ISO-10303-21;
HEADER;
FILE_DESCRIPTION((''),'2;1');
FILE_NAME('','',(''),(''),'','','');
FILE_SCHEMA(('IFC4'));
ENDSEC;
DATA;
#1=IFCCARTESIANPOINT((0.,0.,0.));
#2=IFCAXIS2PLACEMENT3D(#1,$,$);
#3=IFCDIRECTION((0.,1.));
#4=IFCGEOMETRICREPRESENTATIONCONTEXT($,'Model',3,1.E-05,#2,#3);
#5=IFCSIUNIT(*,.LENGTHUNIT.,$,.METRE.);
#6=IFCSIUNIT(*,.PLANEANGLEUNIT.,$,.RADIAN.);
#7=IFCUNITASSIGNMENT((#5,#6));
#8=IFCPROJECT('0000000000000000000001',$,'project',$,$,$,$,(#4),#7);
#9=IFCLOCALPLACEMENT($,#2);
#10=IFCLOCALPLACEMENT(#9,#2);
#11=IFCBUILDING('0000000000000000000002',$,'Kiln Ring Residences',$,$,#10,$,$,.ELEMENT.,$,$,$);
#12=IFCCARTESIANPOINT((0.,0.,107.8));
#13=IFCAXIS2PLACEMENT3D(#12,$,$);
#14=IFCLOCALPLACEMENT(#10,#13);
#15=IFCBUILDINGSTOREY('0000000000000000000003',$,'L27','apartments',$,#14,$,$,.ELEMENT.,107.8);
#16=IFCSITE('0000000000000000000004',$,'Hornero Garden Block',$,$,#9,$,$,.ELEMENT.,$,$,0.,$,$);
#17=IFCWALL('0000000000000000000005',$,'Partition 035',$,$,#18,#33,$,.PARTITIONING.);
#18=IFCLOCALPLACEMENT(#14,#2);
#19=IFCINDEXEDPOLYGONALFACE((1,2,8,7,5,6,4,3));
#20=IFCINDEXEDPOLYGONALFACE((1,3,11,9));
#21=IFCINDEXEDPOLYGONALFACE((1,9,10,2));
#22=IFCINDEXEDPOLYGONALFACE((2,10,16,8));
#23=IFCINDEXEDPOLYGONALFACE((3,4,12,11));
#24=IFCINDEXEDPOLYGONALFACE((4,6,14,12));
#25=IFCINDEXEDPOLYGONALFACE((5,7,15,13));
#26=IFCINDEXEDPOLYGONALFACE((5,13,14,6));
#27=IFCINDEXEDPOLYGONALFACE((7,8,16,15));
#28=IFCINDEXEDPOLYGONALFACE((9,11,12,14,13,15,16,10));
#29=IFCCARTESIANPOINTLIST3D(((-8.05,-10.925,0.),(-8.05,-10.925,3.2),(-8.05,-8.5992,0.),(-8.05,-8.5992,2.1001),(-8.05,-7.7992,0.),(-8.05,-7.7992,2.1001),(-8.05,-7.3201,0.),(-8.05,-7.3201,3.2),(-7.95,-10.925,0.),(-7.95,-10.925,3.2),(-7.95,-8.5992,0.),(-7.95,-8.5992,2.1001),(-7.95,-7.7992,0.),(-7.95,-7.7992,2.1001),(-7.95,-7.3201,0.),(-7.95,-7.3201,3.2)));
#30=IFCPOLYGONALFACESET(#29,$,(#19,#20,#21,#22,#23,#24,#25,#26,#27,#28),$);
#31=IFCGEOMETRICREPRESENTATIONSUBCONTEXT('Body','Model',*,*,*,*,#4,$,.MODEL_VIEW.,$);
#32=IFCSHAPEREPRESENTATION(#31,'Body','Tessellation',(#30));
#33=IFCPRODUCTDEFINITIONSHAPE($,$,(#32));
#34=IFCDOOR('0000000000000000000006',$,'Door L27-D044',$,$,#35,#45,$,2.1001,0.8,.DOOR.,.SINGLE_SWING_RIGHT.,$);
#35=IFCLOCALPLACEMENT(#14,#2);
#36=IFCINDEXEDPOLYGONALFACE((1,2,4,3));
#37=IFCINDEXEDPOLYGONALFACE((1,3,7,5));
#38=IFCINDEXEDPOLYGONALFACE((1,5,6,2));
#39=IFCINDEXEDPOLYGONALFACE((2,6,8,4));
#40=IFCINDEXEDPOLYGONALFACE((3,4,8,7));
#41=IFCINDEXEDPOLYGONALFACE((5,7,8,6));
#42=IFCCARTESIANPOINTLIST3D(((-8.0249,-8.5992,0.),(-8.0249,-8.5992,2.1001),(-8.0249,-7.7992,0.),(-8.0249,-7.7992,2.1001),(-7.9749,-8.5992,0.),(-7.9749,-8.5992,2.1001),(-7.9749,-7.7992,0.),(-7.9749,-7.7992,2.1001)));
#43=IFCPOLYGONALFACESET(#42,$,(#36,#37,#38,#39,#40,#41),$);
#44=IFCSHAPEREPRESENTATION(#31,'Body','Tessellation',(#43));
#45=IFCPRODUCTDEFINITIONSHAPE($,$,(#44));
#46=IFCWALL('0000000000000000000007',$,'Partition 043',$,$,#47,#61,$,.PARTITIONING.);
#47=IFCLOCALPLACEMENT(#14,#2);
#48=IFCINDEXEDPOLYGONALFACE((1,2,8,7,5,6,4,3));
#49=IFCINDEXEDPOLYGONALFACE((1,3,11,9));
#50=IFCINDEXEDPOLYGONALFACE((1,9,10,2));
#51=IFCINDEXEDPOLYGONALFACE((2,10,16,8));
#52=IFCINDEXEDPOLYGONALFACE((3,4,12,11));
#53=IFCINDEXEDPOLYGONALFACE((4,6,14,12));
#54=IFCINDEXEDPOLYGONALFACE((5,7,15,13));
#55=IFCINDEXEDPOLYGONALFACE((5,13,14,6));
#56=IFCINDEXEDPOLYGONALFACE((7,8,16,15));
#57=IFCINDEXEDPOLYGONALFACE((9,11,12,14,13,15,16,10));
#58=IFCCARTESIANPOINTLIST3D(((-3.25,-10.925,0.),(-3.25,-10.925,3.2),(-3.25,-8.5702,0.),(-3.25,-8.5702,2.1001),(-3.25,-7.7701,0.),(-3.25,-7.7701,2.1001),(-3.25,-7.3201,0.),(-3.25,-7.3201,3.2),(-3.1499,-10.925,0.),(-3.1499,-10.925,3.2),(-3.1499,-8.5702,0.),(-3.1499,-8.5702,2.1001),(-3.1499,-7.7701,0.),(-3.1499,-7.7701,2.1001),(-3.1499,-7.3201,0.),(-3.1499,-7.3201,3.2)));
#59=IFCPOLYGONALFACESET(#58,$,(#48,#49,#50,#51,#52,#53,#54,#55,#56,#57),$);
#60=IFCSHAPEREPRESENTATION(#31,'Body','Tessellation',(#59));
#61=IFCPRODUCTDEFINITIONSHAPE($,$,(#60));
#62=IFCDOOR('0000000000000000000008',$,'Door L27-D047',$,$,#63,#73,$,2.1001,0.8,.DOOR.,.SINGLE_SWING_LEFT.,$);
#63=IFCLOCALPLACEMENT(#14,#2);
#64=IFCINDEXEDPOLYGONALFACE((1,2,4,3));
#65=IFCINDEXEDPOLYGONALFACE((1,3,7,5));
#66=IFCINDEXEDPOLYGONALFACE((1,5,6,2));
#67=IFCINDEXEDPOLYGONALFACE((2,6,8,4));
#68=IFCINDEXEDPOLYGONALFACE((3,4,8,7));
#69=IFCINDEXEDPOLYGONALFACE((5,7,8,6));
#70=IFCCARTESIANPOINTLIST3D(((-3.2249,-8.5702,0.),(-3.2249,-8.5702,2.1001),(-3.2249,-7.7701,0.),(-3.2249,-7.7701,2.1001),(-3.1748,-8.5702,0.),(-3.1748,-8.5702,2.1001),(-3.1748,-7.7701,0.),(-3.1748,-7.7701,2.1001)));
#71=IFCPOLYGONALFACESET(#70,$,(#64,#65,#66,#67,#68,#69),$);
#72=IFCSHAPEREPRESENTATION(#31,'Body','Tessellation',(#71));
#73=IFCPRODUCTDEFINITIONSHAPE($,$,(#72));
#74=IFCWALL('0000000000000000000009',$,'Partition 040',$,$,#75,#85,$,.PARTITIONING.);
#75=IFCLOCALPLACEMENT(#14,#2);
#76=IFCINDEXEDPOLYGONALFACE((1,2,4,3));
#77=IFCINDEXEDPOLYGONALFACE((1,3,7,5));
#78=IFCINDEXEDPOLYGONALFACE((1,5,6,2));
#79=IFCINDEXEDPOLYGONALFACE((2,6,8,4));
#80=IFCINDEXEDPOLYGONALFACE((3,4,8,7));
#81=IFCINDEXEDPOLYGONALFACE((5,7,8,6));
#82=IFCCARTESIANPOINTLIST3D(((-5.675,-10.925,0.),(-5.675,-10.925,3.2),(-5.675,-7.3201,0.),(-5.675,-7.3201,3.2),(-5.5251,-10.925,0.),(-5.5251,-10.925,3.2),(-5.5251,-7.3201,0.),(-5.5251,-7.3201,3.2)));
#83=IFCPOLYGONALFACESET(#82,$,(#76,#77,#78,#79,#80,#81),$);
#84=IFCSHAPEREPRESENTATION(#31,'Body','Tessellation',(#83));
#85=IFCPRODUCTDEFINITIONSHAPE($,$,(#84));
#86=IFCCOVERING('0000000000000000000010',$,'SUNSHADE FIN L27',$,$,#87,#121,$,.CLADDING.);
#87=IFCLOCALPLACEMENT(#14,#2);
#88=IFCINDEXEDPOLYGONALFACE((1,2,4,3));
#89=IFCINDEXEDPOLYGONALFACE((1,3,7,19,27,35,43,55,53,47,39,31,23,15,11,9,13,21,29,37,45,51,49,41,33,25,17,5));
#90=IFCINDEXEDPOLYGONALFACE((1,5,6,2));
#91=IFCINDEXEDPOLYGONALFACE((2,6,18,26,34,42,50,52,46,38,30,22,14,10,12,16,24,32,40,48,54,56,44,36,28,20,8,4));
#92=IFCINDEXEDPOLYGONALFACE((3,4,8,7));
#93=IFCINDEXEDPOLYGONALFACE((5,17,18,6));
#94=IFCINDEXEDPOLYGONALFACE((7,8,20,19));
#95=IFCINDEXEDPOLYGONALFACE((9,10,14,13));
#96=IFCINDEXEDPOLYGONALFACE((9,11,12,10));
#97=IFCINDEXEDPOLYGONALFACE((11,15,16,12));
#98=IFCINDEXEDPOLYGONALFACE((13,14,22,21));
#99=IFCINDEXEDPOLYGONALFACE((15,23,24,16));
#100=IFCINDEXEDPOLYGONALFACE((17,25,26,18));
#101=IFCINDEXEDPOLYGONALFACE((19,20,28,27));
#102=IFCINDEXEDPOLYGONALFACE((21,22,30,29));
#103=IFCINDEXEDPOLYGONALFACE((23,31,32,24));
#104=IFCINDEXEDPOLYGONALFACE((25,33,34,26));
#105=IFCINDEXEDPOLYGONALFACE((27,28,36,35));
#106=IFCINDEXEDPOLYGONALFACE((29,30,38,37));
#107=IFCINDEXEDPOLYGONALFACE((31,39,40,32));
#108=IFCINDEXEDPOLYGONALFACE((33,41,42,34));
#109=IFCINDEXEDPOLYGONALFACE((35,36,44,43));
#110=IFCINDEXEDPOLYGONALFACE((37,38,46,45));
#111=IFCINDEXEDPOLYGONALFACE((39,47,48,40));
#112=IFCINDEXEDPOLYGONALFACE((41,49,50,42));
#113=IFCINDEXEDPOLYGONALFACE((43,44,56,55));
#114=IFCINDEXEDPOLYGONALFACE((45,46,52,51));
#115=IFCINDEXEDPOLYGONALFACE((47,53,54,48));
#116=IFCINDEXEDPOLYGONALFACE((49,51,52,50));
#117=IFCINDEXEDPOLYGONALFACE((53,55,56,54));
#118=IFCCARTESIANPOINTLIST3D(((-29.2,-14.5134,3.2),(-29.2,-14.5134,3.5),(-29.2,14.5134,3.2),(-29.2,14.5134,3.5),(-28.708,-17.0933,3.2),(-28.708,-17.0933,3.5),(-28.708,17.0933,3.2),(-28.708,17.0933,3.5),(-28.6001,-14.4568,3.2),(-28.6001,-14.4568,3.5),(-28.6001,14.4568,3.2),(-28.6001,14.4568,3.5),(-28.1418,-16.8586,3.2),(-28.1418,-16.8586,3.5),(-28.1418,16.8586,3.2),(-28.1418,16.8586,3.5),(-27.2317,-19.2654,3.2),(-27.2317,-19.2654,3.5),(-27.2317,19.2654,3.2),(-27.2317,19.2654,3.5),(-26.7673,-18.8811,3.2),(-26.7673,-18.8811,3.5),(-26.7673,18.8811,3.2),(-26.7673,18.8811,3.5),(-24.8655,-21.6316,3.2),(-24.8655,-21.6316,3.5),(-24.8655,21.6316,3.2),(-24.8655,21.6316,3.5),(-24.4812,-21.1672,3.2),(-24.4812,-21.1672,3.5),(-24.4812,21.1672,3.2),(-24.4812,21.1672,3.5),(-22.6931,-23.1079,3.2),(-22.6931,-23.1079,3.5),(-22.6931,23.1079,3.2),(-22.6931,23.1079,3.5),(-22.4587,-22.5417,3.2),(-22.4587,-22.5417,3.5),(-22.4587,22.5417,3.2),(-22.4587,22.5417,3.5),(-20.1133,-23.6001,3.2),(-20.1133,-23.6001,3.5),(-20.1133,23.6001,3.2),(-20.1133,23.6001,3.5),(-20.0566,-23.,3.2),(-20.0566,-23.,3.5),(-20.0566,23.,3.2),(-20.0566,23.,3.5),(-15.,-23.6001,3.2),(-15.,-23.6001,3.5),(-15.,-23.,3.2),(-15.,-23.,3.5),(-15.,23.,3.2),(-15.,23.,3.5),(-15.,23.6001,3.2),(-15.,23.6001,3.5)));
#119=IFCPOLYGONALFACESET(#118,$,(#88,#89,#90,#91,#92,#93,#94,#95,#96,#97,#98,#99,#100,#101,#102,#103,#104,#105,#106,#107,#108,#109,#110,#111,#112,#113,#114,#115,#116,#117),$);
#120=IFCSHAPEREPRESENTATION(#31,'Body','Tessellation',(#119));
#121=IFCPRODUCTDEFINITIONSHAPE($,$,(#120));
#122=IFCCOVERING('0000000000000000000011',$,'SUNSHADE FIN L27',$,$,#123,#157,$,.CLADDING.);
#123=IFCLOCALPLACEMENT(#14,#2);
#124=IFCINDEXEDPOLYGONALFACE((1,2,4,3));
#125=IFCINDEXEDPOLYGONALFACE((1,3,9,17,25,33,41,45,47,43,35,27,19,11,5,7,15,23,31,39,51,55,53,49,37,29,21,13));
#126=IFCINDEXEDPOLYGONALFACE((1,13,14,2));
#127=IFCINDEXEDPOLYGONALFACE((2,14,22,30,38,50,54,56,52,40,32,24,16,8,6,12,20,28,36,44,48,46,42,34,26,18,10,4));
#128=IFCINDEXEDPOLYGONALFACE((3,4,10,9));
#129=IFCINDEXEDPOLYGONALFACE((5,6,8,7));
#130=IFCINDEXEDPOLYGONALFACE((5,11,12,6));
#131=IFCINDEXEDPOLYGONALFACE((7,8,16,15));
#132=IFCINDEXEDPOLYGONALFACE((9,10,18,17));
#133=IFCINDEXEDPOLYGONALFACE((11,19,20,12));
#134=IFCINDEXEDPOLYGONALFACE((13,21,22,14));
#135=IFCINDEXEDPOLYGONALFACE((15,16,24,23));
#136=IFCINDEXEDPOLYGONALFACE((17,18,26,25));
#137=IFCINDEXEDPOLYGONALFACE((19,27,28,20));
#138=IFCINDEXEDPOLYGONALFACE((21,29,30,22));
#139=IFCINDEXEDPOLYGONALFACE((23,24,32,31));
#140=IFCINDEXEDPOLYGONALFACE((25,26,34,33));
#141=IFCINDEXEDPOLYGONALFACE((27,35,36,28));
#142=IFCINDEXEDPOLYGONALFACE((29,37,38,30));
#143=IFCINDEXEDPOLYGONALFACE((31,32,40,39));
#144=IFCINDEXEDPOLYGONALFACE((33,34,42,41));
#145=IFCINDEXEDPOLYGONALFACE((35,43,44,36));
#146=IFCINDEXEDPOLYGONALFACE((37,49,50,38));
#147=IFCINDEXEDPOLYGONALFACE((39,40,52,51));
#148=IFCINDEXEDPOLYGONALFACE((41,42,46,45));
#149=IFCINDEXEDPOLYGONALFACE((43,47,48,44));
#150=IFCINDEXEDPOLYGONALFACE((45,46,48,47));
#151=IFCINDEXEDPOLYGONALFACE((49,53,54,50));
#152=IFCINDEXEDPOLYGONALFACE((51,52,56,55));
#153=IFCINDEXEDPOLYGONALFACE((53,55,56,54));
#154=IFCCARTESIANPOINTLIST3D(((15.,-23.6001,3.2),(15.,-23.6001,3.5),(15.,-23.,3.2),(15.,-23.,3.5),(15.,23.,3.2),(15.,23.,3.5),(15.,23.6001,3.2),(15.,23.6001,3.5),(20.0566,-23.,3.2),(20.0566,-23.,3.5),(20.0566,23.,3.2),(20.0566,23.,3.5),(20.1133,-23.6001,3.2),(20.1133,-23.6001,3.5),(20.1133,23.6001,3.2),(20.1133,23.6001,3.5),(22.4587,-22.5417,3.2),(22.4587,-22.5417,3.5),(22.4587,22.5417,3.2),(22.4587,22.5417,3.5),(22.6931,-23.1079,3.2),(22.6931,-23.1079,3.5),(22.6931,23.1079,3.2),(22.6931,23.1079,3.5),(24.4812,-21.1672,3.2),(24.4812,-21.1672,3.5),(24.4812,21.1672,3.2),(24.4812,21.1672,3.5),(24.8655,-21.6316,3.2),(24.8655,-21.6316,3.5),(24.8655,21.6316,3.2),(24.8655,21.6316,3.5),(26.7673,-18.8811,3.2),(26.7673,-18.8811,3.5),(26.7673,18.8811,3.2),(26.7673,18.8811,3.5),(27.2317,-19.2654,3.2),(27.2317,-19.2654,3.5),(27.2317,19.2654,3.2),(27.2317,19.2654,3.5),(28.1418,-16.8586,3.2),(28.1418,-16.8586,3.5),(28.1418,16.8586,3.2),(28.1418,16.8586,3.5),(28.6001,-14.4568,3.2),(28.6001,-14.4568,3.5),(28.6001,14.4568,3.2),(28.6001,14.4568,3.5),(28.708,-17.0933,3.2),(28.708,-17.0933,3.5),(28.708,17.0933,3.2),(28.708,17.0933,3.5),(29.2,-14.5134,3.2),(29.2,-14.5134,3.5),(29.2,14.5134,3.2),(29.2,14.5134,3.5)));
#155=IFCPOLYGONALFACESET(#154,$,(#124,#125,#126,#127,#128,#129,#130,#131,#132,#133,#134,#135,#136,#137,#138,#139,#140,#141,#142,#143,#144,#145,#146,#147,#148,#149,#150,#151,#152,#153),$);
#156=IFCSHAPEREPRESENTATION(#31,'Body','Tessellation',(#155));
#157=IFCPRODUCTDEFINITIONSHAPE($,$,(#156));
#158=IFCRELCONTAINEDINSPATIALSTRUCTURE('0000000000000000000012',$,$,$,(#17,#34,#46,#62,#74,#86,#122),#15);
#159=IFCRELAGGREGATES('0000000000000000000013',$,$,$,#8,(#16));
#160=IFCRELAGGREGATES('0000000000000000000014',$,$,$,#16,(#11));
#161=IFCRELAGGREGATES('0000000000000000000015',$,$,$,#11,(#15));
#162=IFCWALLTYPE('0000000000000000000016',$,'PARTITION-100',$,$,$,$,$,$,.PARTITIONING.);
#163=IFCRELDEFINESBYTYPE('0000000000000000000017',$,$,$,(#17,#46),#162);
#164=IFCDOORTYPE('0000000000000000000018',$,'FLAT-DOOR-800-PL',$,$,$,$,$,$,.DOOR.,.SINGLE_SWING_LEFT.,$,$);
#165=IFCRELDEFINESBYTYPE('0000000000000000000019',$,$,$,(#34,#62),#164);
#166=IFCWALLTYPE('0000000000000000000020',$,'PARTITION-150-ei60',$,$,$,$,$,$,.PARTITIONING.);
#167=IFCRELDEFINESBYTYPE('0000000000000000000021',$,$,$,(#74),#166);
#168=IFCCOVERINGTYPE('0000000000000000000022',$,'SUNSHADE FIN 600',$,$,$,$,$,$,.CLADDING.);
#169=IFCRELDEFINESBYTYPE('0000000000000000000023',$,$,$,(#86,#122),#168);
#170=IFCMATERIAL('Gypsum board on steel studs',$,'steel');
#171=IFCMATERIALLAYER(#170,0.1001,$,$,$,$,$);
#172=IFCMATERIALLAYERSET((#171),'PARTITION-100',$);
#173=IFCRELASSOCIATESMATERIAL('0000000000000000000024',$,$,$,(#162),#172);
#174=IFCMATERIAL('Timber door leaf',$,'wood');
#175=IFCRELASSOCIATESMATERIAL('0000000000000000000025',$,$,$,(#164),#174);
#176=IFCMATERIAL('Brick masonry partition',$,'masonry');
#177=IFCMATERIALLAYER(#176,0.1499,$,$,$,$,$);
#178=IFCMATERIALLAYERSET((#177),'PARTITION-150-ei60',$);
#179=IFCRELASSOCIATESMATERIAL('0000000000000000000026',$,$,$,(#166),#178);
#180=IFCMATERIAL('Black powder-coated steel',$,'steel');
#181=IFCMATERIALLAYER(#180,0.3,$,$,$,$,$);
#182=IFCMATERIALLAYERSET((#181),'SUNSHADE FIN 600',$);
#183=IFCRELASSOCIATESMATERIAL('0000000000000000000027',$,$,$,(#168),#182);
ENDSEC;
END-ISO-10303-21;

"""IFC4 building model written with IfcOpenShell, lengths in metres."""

from ifc_helpers import new_model, si_unit, direction, frame, frame_2d, origin, place, context, subcontext, project, spatial, polyline, rectangle, outline, extrude, material, layer, layer_set, type_object, element, fill, save


model = new_model("IFC4")

# Units and contexts
model_context = context("Model", 3, precision=1e-05, world=origin(), true_north=direction((0.0, 1.0)))
body_context = subcontext(model_context, "Body", "Model", "MODEL_VIEW")
ifc_project = project(units=[si_unit("LENGTHUNIT", "METRE"), si_unit("PLANEANGLEUNIT", "RADIAN")], contexts=[model_context])

# Site, building, storey
site_placement = place(None, origin())
site = spatial("IfcSite", under=ifc_project, at=site_placement, Name="Hornero Garden Block", CompositionType="ELEMENT", RefElevation=0.0)
building_placement = place(site_placement, origin())
building = spatial("IfcBuilding", under=site, at=building_placement, Name="Kiln Ring Residences", CompositionType="ELEMENT")
storey_placement = place(building_placement, frame((0.0, 0.0, 107.8)))
storey = spatial("IfcBuildingStorey", under=building, at=storey_placement, Name="L27", Description="apartments", CompositionType="ELEMENT", Elevation=107.8)

# Walls, openings, doors
ifc_material_1 = material(Name="Gypsum board on steel studs", Category="steel")
ifc_layer_1 = layer(ifc_material_1, 0.1001)
ifc_layer_set_1 = layer_set([ifc_layer_1], Name="PARTITION-100")
wall_type_1 = type_object("IfcWallType", Name="PARTITION-100", PredefinedType="PARTITIONING", material=ifc_layer_set_1)
wall_1_placement = place(storey_placement, frame((-8.0, -10.925, 0.0), z_axis=(0.0, 0.0, 1.0), x_axis=(0.0, 1.0, 0.0)))
wall_1 = element("IfcWall", 1, at=wall_1_placement, inside=storey, type_object=wall_type_1, Name="Partition 035", PredefinedType="PARTITIONING", context=body_context, shape_type="SweptSolid", body=[
    extrude(rectangle(XDim=3.605, YDim=0.1001, at=frame_2d((1.8025, 0.0))), origin(), (0.0, 0.0, 1.0), 3.2),
])
opening_1_placement = place(wall_1_placement, frame((2.3259, 0.0, 0.0)))
opening_1 = element("IfcOpeningElement", 2, at=opening_1_placement, cuts=wall_1, PredefinedType="OPENING", context=body_context, shape_type="SweptSolid", body=[
    extrude(rectangle(XDim=0.8, YDim=2.1001, at=frame_2d((0.3999, 1.05))), frame((0.0, 0.0601, 0.0), z_axis=(0.0, -1.0, 0.0), x_axis=(1.0, 0.0, 0.0)), (0.0, 0.0, 1.0), 0.1201),
])
ifc_material_2 = material(Name="Timber door leaf", Category="wood")
door_type = type_object("IfcDoorType", Name="FLAT-DOOR-800-PL", OperationType="SINGLE_SWING_LEFT", PredefinedType="DOOR", material=ifc_material_2)
door_1_placement = place(opening_1_placement, origin())
door_1 = element("IfcDoor", 3, at=door_1_placement, inside=storey, type_object=door_type, Name="Door L27-D044", OperationType="SINGLE_SWING_RIGHT", OverallHeight=2.1001, OverallWidth=0.8, PredefinedType="DOOR", context=body_context, shape_type="SweptSolid", body=[
    extrude(rectangle(XDim=0.8, YDim=2.1001, at=frame_2d((0.3999, 1.05))), frame((0.0, 0.0249, 0.0), z_axis=(0.0, -1.0, 0.0), x_axis=(1.0, 0.0, 0.0)), (0.0, 0.0, 1.0), 0.05),
])
fill(opening_1, door_1)
wall_2_placement = place(storey_placement, frame((-3.2, -10.925, 0.0), z_axis=(0.0, 0.0, 1.0), x_axis=(0.0, 1.0, 0.0)))
wall_2 = element("IfcWall", 4, at=wall_2_placement, inside=storey, type_object=wall_type_1, Name="Partition 043", PredefinedType="PARTITIONING", context=body_context, shape_type="SweptSolid", body=[
    extrude(rectangle(XDim=3.605, YDim=0.1001, at=frame_2d((1.8025, 0.0))), origin(), (0.0, 0.0, 1.0), 3.2),
])
opening_2_placement = place(wall_2_placement, frame((2.355, 0.0, 0.0)))
opening_2 = element("IfcOpeningElement", 5, at=opening_2_placement, cuts=wall_2, PredefinedType="OPENING", context=body_context, shape_type="SweptSolid", body=[
    extrude(rectangle(XDim=0.8, YDim=2.1001, at=frame_2d((0.3999, 1.05))), frame((0.0, 0.0601, 0.0), z_axis=(0.0, -1.0, 0.0), x_axis=(1.0, 0.0, 0.0)), (0.0, 0.0, 1.0), 0.1201),
])
door_2_placement = place(opening_2_placement, origin())
door_2 = element("IfcDoor", 6, at=door_2_placement, inside=storey, type_object=door_type, Name="Door L27-D047", OperationType="SINGLE_SWING_LEFT", OverallHeight=2.1001, OverallWidth=0.8, PredefinedType="DOOR", context=body_context, shape_type="SweptSolid", body=[
    extrude(rectangle(XDim=0.8, YDim=2.1001, at=frame_2d((0.3999, 1.05))), frame((0.0, 0.0249, 0.0), z_axis=(0.0, -1.0, 0.0), x_axis=(1.0, 0.0, 0.0)), (0.0, 0.0, 1.0), 0.05),
])
fill(opening_2, door_2)

# Wall
ifc_material_3 = material(Name="Brick masonry partition", Category="masonry")
ifc_layer_2 = layer(ifc_material_3, 0.1499)
ifc_layer_set_2 = layer_set([ifc_layer_2], Name="PARTITION-150-ei60")
wall_type_2 = type_object("IfcWallType", Name="PARTITION-150-ei60", PredefinedType="PARTITIONING", material=ifc_layer_set_2)
wall_3_placement = place(storey_placement, frame((-5.6001, -10.925, 0.0), z_axis=(0.0, 0.0, 1.0), x_axis=(0.0, 1.0, 0.0)))
element("IfcWall", 7, at=wall_3_placement, inside=storey, type_object=wall_type_2, Name="Partition 040", PredefinedType="PARTITIONING", context=body_context, shape_type="SweptSolid", body=[
    extrude(rectangle(XDim=3.605, YDim=0.1499, at=frame_2d((1.8025, 0.0))), origin(), (0.0, 0.0, 1.0), 3.2),
])

# Coverings
ifc_material_4 = material(Name="Black powder-coated steel", Category="steel")
ifc_layer_3 = layer(ifc_material_4, 0.3)
ifc_layer_set_3 = layer_set([ifc_layer_3], Name="SUNSHADE FIN 600")
covering_type = type_object("IfcCoveringType", Name="SUNSHADE FIN 600", PredefinedType="CLADDING", material=ifc_layer_set_3)
placement = place(storey_placement, frame((0.0, 0.0, 3.2)))
element("IfcCovering", 8, at=placement, inside=storey, type_object=covering_type, Name="SUNSHADE FIN L27", PredefinedType="CLADDING", context=body_context, shape_type="SweptSolid", body=[
    extrude(outline(polyline([(-29.2, -14.5134), (-28.708, -17.0933), (-27.2317, -19.2654), (-24.8655, -21.6316), (-22.6931, -23.1079), (-20.1133, -23.6001), (-15.0, -23.6001), (-15.0, -23.0), (-20.0566, -23.0), (-22.4587, -22.5417), (-24.4812, -21.1672), (-26.7673, -18.8811), (-28.1418, -16.8586), (-28.6001, -14.4568), (-28.6001, 14.4568), (-28.1418, 16.8586), (-26.7673, 18.8811), (-24.4812, 21.1672), (-22.4587, 22.5417), (-20.0566, 23.0), (-15.0, 23.0), (-15.0, 23.6001), (-20.1133, 23.6001), (-22.6931, 23.1079), (-24.8655, 21.6316), (-27.2317, 19.2654), (-28.708, 17.0933), (-29.2, 14.5134), (-29.2, -14.5134)])), origin(), (0.0, 0.0, 1.0), 0.3),
])
element("IfcCovering", 9, at=placement, inside=storey, type_object=covering_type, Name="SUNSHADE FIN L27", PredefinedType="CLADDING", context=body_context, shape_type="SweptSolid", body=[
    extrude(outline(polyline([(20.1133, 23.6001), (15.0, 23.6001), (15.0, 23.0), (20.0566, 23.0), (22.4587, 22.5417), (24.4812, 21.1672), (26.7673, 18.8811), (28.1418, 16.8586), (28.6001, 14.4568), (28.6001, -14.4568), (28.1418, -16.8586), (26.7673, -18.8811), (24.4812, -21.1672), (22.4587, -22.5417), (20.0566, -23.0), (15.0, -23.0), (15.0, -23.6001), (20.1133, -23.6001), (22.6931, -23.1079), (24.8655, -21.6316), (27.2317, -19.2654), (28.708, -17.0933), (29.2, -14.5134), (29.2, 14.5134), (28.708, 17.0933), (27.2317, 19.2654), (24.8655, 21.6316), (22.6931, 23.1079), (20.1133, 23.6001)])), origin(), (0.0, 0.0, 1.0), 0.3),
])

save(model, "model.ifc")
